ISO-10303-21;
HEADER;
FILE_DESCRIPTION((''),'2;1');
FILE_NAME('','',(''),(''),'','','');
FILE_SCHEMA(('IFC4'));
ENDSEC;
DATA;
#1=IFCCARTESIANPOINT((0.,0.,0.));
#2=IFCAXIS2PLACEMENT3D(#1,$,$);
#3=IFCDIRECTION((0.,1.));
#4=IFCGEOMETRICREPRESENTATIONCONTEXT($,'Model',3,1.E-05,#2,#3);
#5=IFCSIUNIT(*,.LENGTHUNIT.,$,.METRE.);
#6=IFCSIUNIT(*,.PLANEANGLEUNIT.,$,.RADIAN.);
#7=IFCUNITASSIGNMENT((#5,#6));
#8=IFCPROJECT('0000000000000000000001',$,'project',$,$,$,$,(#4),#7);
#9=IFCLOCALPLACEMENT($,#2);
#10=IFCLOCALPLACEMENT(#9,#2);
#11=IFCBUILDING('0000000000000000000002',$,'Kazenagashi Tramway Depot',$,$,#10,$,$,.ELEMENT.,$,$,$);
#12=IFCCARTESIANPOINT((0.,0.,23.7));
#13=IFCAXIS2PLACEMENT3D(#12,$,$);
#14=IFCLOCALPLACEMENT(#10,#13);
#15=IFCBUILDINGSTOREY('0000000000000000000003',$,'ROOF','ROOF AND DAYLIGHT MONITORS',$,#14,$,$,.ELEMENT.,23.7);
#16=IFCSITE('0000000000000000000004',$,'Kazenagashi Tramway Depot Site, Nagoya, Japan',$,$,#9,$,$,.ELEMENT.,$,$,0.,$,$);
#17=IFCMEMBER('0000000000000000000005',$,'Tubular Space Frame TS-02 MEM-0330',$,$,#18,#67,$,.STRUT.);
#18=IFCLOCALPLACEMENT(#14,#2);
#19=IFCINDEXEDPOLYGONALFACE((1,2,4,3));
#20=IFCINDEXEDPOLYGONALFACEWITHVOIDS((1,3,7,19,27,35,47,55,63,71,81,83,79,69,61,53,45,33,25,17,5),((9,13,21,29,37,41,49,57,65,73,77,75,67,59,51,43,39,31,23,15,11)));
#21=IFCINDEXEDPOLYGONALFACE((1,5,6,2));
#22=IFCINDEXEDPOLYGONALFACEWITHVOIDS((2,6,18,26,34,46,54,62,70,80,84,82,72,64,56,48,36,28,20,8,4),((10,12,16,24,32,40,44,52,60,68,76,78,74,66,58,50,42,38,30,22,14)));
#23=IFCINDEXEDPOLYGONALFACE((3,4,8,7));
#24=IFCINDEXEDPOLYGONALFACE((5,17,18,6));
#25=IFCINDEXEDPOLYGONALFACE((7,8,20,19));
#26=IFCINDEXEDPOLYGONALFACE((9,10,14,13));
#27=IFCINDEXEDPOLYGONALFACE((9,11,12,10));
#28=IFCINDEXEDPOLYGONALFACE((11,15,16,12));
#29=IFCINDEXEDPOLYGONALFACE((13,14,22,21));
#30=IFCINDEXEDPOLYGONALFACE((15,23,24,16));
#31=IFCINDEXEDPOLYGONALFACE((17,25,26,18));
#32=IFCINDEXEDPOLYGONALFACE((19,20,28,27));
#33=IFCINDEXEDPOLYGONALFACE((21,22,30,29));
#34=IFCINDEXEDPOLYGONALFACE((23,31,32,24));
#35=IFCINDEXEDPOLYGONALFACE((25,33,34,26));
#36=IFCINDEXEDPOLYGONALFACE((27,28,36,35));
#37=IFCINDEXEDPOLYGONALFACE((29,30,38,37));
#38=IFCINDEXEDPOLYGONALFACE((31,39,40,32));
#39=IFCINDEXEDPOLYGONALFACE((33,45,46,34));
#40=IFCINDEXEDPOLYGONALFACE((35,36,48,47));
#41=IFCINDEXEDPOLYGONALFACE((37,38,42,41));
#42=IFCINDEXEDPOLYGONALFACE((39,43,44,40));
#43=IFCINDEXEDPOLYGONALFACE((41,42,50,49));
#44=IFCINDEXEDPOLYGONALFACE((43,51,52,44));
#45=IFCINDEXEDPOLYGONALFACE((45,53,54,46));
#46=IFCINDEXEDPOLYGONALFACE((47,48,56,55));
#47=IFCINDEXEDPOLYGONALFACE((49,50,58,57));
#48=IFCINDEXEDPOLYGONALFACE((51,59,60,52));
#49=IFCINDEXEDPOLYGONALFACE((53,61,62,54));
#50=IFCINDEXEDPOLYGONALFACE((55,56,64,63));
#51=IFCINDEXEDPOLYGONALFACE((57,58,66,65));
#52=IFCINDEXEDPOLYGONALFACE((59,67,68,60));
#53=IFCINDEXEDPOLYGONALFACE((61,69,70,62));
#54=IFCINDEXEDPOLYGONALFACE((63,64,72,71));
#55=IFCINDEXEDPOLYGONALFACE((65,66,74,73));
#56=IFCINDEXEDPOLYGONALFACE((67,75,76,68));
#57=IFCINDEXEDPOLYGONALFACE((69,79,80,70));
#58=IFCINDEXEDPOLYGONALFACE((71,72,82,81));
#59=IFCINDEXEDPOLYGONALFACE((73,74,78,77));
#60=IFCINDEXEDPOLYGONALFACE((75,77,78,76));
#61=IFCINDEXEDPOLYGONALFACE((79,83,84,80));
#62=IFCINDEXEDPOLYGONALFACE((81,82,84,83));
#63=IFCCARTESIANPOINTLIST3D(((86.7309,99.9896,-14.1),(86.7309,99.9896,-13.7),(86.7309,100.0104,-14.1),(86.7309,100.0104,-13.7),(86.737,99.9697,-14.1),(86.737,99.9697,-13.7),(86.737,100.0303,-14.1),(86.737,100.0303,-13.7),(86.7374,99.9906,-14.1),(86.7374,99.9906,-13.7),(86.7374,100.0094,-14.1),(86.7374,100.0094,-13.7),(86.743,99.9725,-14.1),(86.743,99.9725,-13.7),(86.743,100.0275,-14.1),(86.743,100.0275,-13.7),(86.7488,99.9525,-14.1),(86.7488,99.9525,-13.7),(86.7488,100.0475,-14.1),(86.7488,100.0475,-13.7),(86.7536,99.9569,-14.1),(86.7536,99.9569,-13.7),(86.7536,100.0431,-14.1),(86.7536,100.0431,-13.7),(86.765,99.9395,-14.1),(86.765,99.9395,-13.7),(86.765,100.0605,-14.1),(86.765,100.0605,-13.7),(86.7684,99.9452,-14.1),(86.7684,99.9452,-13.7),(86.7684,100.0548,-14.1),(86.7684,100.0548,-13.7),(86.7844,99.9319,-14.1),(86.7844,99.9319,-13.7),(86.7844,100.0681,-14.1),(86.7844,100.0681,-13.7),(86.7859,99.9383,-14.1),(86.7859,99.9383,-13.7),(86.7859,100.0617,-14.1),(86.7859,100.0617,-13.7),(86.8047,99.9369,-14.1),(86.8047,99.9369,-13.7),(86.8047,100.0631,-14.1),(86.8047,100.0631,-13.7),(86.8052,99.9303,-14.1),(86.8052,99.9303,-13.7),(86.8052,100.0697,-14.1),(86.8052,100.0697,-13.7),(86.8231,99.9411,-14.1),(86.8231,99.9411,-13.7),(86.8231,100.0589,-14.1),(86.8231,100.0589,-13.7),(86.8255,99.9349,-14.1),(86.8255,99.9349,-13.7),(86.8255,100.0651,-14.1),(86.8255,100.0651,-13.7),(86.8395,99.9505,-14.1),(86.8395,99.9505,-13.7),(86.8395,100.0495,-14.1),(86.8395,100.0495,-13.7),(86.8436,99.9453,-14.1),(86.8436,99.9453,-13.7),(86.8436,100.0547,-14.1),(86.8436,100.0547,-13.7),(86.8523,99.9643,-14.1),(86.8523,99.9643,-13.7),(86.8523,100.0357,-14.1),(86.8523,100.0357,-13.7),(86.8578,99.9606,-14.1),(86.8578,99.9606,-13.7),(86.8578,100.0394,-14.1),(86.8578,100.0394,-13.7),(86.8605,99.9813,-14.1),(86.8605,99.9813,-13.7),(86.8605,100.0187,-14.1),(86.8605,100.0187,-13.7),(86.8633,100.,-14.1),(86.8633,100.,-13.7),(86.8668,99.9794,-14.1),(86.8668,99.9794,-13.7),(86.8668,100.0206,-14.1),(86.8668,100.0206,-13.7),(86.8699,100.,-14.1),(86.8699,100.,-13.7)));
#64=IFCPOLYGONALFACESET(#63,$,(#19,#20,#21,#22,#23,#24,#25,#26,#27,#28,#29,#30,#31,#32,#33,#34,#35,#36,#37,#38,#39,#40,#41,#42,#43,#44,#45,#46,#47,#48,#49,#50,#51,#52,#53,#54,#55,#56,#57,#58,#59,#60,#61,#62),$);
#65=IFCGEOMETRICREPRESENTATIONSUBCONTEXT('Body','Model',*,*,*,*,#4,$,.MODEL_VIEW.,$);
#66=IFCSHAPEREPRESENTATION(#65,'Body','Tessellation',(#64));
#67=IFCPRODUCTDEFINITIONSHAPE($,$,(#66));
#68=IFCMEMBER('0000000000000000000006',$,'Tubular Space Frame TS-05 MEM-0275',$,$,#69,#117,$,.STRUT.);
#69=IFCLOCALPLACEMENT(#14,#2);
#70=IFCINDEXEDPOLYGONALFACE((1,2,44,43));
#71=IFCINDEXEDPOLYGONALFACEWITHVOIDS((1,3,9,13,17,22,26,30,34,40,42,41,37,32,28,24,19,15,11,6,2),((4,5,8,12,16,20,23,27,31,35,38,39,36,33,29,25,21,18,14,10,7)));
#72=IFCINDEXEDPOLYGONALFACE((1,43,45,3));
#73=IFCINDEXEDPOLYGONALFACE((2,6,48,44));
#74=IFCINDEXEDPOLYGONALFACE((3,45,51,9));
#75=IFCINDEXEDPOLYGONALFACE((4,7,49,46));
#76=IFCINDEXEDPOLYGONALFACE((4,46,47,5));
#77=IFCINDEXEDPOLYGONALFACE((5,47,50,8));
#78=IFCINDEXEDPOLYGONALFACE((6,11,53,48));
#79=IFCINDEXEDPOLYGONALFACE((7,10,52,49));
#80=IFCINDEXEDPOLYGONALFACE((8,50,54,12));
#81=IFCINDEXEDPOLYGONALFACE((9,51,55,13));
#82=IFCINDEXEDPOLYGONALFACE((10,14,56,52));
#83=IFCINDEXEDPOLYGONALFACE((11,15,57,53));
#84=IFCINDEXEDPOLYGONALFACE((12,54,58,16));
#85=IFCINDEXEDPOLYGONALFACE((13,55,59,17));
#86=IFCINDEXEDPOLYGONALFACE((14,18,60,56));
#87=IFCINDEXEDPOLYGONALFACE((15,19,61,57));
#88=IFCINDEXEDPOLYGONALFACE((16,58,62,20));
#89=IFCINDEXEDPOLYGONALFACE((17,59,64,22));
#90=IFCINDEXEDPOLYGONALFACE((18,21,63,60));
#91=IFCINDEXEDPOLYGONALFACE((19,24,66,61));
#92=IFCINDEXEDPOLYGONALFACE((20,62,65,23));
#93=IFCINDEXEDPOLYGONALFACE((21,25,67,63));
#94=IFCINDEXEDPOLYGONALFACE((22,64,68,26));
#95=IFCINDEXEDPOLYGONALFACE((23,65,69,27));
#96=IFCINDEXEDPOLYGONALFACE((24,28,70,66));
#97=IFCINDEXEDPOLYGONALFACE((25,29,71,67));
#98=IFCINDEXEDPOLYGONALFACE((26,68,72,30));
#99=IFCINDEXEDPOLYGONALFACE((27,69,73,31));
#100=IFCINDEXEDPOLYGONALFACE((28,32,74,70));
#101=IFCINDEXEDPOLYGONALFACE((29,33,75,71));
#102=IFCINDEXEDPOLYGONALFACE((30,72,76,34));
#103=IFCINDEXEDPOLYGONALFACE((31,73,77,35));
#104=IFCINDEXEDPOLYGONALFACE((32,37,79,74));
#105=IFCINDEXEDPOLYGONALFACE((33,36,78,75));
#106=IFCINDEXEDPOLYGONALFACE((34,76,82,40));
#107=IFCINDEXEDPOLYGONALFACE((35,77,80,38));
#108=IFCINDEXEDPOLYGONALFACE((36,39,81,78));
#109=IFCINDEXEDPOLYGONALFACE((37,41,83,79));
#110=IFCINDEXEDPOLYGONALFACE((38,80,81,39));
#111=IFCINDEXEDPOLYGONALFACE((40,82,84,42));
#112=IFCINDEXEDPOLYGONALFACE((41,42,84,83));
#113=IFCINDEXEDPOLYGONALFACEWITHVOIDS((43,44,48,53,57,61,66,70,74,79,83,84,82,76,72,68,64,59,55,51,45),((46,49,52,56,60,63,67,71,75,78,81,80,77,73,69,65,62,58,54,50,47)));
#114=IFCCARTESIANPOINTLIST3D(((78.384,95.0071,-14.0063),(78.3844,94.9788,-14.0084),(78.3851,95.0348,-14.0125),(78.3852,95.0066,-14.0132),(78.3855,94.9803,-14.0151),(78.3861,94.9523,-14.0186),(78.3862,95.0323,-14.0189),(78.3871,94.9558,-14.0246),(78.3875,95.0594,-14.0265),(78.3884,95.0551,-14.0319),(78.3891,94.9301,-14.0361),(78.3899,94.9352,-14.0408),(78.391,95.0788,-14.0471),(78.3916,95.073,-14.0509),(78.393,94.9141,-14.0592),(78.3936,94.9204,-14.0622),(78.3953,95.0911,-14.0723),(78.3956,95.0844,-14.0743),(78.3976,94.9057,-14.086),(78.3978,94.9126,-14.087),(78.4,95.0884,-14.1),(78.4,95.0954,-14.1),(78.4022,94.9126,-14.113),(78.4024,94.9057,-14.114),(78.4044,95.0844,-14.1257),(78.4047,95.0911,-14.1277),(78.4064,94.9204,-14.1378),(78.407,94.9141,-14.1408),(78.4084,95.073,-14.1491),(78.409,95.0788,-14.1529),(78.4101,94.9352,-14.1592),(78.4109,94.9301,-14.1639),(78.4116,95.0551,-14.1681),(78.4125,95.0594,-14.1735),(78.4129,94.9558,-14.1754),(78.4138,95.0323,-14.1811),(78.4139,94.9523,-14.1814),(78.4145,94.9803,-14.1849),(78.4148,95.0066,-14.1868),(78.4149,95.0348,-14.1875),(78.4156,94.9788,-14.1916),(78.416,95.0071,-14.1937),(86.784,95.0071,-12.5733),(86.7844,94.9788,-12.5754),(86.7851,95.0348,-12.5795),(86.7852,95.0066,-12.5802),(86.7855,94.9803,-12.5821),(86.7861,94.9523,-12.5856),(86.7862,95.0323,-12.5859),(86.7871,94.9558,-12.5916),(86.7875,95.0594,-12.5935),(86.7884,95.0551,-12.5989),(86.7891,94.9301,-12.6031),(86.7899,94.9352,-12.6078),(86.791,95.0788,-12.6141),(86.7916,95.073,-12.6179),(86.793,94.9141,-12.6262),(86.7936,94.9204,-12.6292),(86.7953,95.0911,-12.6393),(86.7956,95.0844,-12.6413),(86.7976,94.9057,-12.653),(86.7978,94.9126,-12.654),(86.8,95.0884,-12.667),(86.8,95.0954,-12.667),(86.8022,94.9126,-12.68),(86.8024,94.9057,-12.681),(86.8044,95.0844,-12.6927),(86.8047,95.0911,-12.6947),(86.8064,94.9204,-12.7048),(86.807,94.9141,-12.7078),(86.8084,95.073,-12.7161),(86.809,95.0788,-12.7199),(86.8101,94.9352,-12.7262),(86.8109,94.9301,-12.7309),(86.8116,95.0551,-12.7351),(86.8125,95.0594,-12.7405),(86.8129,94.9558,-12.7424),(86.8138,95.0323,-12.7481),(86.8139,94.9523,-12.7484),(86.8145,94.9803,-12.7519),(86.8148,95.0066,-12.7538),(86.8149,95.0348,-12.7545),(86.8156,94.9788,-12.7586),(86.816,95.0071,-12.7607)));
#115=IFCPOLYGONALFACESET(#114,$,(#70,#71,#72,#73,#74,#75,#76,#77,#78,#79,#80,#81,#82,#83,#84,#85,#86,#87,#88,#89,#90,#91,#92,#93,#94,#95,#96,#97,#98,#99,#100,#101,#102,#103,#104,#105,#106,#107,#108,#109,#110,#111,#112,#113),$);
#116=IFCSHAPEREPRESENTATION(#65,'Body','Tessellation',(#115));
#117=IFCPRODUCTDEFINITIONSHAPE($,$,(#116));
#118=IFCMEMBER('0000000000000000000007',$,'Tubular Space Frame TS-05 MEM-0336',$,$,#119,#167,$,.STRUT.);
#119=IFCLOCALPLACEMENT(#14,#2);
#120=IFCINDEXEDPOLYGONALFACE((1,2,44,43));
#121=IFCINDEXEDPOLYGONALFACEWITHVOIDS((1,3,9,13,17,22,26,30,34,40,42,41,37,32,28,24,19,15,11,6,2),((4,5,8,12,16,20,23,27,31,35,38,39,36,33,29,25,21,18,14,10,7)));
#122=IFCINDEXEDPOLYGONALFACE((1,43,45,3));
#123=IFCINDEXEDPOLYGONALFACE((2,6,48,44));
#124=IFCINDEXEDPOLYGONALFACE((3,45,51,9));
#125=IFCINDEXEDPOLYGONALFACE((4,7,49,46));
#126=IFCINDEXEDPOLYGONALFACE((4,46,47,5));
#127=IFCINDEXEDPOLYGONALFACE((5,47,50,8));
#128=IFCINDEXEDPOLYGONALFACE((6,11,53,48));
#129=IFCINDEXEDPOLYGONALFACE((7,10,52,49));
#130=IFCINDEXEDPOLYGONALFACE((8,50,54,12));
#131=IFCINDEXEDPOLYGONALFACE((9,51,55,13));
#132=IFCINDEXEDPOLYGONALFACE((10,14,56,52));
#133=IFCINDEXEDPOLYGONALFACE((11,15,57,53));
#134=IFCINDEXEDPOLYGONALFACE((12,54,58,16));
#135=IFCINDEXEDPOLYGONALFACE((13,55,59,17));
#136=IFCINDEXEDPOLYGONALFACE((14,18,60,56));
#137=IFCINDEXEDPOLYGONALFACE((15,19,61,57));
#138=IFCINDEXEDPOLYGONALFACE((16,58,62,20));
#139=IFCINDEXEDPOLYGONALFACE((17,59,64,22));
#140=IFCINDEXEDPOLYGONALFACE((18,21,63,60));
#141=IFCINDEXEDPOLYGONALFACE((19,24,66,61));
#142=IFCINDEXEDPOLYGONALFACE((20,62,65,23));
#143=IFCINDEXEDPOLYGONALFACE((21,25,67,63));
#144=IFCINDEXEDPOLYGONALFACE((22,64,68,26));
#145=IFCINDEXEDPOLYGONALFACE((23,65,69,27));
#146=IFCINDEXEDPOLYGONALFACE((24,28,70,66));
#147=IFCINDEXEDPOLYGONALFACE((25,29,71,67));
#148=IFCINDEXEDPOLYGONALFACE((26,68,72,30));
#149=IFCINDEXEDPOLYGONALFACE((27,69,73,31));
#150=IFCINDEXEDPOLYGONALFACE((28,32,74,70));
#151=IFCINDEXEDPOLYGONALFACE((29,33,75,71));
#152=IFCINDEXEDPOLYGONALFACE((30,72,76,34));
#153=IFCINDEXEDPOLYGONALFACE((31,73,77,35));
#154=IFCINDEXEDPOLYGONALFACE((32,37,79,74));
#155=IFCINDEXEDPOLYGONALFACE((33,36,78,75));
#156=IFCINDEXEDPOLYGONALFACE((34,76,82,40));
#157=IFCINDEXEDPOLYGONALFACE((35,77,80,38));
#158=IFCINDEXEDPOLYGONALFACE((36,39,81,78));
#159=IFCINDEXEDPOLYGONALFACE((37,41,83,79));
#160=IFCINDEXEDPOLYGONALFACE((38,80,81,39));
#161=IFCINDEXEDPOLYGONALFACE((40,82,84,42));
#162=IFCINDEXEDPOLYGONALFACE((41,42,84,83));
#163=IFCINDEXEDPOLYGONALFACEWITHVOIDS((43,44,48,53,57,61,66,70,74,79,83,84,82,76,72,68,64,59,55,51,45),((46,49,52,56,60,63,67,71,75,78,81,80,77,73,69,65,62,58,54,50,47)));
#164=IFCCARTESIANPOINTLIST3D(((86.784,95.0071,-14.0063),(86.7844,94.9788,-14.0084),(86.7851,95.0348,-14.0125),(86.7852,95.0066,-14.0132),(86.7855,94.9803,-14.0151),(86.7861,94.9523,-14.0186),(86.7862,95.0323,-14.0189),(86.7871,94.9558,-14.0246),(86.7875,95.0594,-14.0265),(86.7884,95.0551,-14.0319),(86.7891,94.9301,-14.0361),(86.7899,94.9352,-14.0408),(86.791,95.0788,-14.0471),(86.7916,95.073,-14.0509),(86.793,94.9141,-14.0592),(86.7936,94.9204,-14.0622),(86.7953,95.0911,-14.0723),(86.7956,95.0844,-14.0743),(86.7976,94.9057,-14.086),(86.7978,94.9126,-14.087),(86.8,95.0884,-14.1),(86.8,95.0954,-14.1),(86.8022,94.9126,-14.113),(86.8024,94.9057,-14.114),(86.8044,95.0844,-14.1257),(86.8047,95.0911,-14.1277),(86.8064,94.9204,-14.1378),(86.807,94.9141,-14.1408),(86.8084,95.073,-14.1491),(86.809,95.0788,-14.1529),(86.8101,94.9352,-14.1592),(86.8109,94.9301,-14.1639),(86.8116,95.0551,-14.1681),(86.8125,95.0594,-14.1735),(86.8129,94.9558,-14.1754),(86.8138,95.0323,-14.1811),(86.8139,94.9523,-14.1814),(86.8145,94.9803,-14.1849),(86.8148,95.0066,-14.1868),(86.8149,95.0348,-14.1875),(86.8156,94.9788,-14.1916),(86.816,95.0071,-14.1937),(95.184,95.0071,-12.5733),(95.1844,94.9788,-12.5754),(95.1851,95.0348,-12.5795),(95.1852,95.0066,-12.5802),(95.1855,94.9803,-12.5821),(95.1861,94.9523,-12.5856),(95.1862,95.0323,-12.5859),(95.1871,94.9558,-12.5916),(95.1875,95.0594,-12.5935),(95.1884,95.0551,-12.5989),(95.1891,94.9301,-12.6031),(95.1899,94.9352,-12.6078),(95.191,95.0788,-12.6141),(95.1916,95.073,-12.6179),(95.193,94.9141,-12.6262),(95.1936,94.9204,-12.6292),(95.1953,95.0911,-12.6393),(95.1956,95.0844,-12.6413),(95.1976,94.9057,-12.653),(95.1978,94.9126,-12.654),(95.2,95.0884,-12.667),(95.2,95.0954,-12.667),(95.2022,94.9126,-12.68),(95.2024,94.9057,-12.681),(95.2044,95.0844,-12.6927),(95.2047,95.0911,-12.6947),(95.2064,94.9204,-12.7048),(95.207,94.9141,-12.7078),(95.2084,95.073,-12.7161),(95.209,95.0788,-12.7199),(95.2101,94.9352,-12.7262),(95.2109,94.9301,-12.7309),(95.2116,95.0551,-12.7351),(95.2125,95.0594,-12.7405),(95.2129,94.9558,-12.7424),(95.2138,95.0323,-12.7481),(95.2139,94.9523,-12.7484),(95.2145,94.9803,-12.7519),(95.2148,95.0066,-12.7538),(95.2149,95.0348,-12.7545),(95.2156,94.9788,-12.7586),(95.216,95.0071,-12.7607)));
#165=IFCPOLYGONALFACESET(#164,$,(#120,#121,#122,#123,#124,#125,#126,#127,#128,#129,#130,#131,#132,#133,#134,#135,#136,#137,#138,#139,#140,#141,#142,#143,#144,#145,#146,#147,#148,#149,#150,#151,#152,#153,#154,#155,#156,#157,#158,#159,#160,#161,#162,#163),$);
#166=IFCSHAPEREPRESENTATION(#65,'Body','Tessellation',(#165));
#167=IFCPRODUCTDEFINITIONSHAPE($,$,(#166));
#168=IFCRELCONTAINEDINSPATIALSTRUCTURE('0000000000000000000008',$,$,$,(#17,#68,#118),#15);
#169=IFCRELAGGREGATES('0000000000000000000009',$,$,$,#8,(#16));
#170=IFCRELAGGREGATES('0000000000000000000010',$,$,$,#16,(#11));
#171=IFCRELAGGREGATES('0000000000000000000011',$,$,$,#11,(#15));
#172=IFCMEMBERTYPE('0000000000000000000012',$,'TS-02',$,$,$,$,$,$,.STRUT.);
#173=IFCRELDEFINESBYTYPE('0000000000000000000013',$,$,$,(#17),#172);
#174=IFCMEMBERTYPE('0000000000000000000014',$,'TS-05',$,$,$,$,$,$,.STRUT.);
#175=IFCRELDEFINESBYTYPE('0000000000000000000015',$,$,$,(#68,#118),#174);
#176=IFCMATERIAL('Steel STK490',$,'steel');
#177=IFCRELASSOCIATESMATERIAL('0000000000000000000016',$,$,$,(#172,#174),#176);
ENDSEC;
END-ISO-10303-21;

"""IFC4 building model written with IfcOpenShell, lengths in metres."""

from ifc_helpers import new_model, si_unit, direction, frame, origin, origin_2d, place, context, subcontext, project, spatial, hollow_circle, extrude, material, material_profile, profile_set, type_object, element, save


model = new_model("IFC4")

# Units and contexts
model_context = context("Model", 3, precision=1e-05, world=origin(), true_north=direction((0.0, 1.0)))
body_context = subcontext(model_context, "Body", "Model", "MODEL_VIEW")
ifc_project = project(units=[si_unit("LENGTHUNIT", "METRE"), si_unit("PLANEANGLEUNIT", "RADIAN")], contexts=[model_context])

# Site, building, storey
site_placement = place(None, origin())
site = spatial("IfcSite", under=ifc_project, at=site_placement, Name="Kazenagashi Tramway Depot Site, Nagoya, Japan", CompositionType="ELEMENT", RefElevation=0.0)
building_placement = place(site_placement, origin())
building = spatial("IfcBuilding", under=site, at=building_placement, Name="Kazenagashi Tramway Depot", CompositionType="ELEMENT")
storey_placement = place(building_placement, frame((0.0, 0.0, 23.7)))
storey = spatial("IfcBuildingStorey", under=building, at=storey_placement, Name="ROOF", Description="ROOF AND DAYLIGHT MONITORS", CompositionType="ELEMENT", Elevation=23.7)

# Members
ifc_material_1 = material(Name="Steel STK490", Category="steel")
ifc_material_profile_1 = material_profile(ifc_material_1, hollow_circle(Radius=0.0699, WallThickness=0.0066, at=origin_2d()), Name="CHS-139.8x6.6")
ifc_profile_set_1 = profile_set([ifc_material_profile_1], Name="Steel STK490")
member_type_1 = type_object("IfcMemberType", Name="TS-02", PredefinedType="STRUT", material=ifc_profile_set_1)
member_1_placement = place(storey_placement, frame((86.8, 100.0, -14.1), z_axis=(0.0, 0.0, 1.0), x_axis=(1.0, 0.0, 0.0)))
element("IfcMember", 1, at=member_1_placement, inside=storey, type_object=member_type_1, Name="Tubular Space Frame TS-02 MEM-0330", PredefinedType="STRUT", context=body_context, shape_type="SweptSolid", body=[
    extrude(hollow_circle(Radius=0.0699, WallThickness=0.0066, at=origin_2d()), origin(), (0.0, 0.0, 1.0), 0.4),
])
ifc_material_profile_2 = material_profile(ifc_material_1, hollow_circle(Radius=0.0954, WallThickness=0.007, at=origin_2d()), Name="CHS-190.7x7.0")
ifc_profile_set_2 = profile_set([ifc_material_profile_2], Name="Steel STK490")
member_type_2 = type_object("IfcMemberType", Name="TS-05", PredefinedType="STRUT", material=ifc_profile_set_2)
for number, where, z_axis, x_axis, name in (
    (2, (78.4, 95.0, -14.1), (0.985759, 0.0, 0.168166), (0.0, 1.0, 0.0), "Tubular Space Frame TS-05 MEM-0275"),
    (3, (86.8, 95.0, -14.1), (0.985759, 0.0, 0.168166), (0.0, 1.0, 0.0), "Tubular Space Frame TS-05 MEM-0336"),
):
    element("IfcMember", number, at=place(storey_placement, frame(where, z_axis=z_axis, x_axis=x_axis)), inside=storey, type_object=member_type_2, Name=name, PredefinedType="STRUT", context=body_context, shape_type="SweptSolid", body=[
        extrude(hollow_circle(Radius=0.0954, WallThickness=0.007, at=origin_2d()), origin(), (0.0, 0.0, 1.0), 8.5214),
    ])

save(model, "model.ifc")
